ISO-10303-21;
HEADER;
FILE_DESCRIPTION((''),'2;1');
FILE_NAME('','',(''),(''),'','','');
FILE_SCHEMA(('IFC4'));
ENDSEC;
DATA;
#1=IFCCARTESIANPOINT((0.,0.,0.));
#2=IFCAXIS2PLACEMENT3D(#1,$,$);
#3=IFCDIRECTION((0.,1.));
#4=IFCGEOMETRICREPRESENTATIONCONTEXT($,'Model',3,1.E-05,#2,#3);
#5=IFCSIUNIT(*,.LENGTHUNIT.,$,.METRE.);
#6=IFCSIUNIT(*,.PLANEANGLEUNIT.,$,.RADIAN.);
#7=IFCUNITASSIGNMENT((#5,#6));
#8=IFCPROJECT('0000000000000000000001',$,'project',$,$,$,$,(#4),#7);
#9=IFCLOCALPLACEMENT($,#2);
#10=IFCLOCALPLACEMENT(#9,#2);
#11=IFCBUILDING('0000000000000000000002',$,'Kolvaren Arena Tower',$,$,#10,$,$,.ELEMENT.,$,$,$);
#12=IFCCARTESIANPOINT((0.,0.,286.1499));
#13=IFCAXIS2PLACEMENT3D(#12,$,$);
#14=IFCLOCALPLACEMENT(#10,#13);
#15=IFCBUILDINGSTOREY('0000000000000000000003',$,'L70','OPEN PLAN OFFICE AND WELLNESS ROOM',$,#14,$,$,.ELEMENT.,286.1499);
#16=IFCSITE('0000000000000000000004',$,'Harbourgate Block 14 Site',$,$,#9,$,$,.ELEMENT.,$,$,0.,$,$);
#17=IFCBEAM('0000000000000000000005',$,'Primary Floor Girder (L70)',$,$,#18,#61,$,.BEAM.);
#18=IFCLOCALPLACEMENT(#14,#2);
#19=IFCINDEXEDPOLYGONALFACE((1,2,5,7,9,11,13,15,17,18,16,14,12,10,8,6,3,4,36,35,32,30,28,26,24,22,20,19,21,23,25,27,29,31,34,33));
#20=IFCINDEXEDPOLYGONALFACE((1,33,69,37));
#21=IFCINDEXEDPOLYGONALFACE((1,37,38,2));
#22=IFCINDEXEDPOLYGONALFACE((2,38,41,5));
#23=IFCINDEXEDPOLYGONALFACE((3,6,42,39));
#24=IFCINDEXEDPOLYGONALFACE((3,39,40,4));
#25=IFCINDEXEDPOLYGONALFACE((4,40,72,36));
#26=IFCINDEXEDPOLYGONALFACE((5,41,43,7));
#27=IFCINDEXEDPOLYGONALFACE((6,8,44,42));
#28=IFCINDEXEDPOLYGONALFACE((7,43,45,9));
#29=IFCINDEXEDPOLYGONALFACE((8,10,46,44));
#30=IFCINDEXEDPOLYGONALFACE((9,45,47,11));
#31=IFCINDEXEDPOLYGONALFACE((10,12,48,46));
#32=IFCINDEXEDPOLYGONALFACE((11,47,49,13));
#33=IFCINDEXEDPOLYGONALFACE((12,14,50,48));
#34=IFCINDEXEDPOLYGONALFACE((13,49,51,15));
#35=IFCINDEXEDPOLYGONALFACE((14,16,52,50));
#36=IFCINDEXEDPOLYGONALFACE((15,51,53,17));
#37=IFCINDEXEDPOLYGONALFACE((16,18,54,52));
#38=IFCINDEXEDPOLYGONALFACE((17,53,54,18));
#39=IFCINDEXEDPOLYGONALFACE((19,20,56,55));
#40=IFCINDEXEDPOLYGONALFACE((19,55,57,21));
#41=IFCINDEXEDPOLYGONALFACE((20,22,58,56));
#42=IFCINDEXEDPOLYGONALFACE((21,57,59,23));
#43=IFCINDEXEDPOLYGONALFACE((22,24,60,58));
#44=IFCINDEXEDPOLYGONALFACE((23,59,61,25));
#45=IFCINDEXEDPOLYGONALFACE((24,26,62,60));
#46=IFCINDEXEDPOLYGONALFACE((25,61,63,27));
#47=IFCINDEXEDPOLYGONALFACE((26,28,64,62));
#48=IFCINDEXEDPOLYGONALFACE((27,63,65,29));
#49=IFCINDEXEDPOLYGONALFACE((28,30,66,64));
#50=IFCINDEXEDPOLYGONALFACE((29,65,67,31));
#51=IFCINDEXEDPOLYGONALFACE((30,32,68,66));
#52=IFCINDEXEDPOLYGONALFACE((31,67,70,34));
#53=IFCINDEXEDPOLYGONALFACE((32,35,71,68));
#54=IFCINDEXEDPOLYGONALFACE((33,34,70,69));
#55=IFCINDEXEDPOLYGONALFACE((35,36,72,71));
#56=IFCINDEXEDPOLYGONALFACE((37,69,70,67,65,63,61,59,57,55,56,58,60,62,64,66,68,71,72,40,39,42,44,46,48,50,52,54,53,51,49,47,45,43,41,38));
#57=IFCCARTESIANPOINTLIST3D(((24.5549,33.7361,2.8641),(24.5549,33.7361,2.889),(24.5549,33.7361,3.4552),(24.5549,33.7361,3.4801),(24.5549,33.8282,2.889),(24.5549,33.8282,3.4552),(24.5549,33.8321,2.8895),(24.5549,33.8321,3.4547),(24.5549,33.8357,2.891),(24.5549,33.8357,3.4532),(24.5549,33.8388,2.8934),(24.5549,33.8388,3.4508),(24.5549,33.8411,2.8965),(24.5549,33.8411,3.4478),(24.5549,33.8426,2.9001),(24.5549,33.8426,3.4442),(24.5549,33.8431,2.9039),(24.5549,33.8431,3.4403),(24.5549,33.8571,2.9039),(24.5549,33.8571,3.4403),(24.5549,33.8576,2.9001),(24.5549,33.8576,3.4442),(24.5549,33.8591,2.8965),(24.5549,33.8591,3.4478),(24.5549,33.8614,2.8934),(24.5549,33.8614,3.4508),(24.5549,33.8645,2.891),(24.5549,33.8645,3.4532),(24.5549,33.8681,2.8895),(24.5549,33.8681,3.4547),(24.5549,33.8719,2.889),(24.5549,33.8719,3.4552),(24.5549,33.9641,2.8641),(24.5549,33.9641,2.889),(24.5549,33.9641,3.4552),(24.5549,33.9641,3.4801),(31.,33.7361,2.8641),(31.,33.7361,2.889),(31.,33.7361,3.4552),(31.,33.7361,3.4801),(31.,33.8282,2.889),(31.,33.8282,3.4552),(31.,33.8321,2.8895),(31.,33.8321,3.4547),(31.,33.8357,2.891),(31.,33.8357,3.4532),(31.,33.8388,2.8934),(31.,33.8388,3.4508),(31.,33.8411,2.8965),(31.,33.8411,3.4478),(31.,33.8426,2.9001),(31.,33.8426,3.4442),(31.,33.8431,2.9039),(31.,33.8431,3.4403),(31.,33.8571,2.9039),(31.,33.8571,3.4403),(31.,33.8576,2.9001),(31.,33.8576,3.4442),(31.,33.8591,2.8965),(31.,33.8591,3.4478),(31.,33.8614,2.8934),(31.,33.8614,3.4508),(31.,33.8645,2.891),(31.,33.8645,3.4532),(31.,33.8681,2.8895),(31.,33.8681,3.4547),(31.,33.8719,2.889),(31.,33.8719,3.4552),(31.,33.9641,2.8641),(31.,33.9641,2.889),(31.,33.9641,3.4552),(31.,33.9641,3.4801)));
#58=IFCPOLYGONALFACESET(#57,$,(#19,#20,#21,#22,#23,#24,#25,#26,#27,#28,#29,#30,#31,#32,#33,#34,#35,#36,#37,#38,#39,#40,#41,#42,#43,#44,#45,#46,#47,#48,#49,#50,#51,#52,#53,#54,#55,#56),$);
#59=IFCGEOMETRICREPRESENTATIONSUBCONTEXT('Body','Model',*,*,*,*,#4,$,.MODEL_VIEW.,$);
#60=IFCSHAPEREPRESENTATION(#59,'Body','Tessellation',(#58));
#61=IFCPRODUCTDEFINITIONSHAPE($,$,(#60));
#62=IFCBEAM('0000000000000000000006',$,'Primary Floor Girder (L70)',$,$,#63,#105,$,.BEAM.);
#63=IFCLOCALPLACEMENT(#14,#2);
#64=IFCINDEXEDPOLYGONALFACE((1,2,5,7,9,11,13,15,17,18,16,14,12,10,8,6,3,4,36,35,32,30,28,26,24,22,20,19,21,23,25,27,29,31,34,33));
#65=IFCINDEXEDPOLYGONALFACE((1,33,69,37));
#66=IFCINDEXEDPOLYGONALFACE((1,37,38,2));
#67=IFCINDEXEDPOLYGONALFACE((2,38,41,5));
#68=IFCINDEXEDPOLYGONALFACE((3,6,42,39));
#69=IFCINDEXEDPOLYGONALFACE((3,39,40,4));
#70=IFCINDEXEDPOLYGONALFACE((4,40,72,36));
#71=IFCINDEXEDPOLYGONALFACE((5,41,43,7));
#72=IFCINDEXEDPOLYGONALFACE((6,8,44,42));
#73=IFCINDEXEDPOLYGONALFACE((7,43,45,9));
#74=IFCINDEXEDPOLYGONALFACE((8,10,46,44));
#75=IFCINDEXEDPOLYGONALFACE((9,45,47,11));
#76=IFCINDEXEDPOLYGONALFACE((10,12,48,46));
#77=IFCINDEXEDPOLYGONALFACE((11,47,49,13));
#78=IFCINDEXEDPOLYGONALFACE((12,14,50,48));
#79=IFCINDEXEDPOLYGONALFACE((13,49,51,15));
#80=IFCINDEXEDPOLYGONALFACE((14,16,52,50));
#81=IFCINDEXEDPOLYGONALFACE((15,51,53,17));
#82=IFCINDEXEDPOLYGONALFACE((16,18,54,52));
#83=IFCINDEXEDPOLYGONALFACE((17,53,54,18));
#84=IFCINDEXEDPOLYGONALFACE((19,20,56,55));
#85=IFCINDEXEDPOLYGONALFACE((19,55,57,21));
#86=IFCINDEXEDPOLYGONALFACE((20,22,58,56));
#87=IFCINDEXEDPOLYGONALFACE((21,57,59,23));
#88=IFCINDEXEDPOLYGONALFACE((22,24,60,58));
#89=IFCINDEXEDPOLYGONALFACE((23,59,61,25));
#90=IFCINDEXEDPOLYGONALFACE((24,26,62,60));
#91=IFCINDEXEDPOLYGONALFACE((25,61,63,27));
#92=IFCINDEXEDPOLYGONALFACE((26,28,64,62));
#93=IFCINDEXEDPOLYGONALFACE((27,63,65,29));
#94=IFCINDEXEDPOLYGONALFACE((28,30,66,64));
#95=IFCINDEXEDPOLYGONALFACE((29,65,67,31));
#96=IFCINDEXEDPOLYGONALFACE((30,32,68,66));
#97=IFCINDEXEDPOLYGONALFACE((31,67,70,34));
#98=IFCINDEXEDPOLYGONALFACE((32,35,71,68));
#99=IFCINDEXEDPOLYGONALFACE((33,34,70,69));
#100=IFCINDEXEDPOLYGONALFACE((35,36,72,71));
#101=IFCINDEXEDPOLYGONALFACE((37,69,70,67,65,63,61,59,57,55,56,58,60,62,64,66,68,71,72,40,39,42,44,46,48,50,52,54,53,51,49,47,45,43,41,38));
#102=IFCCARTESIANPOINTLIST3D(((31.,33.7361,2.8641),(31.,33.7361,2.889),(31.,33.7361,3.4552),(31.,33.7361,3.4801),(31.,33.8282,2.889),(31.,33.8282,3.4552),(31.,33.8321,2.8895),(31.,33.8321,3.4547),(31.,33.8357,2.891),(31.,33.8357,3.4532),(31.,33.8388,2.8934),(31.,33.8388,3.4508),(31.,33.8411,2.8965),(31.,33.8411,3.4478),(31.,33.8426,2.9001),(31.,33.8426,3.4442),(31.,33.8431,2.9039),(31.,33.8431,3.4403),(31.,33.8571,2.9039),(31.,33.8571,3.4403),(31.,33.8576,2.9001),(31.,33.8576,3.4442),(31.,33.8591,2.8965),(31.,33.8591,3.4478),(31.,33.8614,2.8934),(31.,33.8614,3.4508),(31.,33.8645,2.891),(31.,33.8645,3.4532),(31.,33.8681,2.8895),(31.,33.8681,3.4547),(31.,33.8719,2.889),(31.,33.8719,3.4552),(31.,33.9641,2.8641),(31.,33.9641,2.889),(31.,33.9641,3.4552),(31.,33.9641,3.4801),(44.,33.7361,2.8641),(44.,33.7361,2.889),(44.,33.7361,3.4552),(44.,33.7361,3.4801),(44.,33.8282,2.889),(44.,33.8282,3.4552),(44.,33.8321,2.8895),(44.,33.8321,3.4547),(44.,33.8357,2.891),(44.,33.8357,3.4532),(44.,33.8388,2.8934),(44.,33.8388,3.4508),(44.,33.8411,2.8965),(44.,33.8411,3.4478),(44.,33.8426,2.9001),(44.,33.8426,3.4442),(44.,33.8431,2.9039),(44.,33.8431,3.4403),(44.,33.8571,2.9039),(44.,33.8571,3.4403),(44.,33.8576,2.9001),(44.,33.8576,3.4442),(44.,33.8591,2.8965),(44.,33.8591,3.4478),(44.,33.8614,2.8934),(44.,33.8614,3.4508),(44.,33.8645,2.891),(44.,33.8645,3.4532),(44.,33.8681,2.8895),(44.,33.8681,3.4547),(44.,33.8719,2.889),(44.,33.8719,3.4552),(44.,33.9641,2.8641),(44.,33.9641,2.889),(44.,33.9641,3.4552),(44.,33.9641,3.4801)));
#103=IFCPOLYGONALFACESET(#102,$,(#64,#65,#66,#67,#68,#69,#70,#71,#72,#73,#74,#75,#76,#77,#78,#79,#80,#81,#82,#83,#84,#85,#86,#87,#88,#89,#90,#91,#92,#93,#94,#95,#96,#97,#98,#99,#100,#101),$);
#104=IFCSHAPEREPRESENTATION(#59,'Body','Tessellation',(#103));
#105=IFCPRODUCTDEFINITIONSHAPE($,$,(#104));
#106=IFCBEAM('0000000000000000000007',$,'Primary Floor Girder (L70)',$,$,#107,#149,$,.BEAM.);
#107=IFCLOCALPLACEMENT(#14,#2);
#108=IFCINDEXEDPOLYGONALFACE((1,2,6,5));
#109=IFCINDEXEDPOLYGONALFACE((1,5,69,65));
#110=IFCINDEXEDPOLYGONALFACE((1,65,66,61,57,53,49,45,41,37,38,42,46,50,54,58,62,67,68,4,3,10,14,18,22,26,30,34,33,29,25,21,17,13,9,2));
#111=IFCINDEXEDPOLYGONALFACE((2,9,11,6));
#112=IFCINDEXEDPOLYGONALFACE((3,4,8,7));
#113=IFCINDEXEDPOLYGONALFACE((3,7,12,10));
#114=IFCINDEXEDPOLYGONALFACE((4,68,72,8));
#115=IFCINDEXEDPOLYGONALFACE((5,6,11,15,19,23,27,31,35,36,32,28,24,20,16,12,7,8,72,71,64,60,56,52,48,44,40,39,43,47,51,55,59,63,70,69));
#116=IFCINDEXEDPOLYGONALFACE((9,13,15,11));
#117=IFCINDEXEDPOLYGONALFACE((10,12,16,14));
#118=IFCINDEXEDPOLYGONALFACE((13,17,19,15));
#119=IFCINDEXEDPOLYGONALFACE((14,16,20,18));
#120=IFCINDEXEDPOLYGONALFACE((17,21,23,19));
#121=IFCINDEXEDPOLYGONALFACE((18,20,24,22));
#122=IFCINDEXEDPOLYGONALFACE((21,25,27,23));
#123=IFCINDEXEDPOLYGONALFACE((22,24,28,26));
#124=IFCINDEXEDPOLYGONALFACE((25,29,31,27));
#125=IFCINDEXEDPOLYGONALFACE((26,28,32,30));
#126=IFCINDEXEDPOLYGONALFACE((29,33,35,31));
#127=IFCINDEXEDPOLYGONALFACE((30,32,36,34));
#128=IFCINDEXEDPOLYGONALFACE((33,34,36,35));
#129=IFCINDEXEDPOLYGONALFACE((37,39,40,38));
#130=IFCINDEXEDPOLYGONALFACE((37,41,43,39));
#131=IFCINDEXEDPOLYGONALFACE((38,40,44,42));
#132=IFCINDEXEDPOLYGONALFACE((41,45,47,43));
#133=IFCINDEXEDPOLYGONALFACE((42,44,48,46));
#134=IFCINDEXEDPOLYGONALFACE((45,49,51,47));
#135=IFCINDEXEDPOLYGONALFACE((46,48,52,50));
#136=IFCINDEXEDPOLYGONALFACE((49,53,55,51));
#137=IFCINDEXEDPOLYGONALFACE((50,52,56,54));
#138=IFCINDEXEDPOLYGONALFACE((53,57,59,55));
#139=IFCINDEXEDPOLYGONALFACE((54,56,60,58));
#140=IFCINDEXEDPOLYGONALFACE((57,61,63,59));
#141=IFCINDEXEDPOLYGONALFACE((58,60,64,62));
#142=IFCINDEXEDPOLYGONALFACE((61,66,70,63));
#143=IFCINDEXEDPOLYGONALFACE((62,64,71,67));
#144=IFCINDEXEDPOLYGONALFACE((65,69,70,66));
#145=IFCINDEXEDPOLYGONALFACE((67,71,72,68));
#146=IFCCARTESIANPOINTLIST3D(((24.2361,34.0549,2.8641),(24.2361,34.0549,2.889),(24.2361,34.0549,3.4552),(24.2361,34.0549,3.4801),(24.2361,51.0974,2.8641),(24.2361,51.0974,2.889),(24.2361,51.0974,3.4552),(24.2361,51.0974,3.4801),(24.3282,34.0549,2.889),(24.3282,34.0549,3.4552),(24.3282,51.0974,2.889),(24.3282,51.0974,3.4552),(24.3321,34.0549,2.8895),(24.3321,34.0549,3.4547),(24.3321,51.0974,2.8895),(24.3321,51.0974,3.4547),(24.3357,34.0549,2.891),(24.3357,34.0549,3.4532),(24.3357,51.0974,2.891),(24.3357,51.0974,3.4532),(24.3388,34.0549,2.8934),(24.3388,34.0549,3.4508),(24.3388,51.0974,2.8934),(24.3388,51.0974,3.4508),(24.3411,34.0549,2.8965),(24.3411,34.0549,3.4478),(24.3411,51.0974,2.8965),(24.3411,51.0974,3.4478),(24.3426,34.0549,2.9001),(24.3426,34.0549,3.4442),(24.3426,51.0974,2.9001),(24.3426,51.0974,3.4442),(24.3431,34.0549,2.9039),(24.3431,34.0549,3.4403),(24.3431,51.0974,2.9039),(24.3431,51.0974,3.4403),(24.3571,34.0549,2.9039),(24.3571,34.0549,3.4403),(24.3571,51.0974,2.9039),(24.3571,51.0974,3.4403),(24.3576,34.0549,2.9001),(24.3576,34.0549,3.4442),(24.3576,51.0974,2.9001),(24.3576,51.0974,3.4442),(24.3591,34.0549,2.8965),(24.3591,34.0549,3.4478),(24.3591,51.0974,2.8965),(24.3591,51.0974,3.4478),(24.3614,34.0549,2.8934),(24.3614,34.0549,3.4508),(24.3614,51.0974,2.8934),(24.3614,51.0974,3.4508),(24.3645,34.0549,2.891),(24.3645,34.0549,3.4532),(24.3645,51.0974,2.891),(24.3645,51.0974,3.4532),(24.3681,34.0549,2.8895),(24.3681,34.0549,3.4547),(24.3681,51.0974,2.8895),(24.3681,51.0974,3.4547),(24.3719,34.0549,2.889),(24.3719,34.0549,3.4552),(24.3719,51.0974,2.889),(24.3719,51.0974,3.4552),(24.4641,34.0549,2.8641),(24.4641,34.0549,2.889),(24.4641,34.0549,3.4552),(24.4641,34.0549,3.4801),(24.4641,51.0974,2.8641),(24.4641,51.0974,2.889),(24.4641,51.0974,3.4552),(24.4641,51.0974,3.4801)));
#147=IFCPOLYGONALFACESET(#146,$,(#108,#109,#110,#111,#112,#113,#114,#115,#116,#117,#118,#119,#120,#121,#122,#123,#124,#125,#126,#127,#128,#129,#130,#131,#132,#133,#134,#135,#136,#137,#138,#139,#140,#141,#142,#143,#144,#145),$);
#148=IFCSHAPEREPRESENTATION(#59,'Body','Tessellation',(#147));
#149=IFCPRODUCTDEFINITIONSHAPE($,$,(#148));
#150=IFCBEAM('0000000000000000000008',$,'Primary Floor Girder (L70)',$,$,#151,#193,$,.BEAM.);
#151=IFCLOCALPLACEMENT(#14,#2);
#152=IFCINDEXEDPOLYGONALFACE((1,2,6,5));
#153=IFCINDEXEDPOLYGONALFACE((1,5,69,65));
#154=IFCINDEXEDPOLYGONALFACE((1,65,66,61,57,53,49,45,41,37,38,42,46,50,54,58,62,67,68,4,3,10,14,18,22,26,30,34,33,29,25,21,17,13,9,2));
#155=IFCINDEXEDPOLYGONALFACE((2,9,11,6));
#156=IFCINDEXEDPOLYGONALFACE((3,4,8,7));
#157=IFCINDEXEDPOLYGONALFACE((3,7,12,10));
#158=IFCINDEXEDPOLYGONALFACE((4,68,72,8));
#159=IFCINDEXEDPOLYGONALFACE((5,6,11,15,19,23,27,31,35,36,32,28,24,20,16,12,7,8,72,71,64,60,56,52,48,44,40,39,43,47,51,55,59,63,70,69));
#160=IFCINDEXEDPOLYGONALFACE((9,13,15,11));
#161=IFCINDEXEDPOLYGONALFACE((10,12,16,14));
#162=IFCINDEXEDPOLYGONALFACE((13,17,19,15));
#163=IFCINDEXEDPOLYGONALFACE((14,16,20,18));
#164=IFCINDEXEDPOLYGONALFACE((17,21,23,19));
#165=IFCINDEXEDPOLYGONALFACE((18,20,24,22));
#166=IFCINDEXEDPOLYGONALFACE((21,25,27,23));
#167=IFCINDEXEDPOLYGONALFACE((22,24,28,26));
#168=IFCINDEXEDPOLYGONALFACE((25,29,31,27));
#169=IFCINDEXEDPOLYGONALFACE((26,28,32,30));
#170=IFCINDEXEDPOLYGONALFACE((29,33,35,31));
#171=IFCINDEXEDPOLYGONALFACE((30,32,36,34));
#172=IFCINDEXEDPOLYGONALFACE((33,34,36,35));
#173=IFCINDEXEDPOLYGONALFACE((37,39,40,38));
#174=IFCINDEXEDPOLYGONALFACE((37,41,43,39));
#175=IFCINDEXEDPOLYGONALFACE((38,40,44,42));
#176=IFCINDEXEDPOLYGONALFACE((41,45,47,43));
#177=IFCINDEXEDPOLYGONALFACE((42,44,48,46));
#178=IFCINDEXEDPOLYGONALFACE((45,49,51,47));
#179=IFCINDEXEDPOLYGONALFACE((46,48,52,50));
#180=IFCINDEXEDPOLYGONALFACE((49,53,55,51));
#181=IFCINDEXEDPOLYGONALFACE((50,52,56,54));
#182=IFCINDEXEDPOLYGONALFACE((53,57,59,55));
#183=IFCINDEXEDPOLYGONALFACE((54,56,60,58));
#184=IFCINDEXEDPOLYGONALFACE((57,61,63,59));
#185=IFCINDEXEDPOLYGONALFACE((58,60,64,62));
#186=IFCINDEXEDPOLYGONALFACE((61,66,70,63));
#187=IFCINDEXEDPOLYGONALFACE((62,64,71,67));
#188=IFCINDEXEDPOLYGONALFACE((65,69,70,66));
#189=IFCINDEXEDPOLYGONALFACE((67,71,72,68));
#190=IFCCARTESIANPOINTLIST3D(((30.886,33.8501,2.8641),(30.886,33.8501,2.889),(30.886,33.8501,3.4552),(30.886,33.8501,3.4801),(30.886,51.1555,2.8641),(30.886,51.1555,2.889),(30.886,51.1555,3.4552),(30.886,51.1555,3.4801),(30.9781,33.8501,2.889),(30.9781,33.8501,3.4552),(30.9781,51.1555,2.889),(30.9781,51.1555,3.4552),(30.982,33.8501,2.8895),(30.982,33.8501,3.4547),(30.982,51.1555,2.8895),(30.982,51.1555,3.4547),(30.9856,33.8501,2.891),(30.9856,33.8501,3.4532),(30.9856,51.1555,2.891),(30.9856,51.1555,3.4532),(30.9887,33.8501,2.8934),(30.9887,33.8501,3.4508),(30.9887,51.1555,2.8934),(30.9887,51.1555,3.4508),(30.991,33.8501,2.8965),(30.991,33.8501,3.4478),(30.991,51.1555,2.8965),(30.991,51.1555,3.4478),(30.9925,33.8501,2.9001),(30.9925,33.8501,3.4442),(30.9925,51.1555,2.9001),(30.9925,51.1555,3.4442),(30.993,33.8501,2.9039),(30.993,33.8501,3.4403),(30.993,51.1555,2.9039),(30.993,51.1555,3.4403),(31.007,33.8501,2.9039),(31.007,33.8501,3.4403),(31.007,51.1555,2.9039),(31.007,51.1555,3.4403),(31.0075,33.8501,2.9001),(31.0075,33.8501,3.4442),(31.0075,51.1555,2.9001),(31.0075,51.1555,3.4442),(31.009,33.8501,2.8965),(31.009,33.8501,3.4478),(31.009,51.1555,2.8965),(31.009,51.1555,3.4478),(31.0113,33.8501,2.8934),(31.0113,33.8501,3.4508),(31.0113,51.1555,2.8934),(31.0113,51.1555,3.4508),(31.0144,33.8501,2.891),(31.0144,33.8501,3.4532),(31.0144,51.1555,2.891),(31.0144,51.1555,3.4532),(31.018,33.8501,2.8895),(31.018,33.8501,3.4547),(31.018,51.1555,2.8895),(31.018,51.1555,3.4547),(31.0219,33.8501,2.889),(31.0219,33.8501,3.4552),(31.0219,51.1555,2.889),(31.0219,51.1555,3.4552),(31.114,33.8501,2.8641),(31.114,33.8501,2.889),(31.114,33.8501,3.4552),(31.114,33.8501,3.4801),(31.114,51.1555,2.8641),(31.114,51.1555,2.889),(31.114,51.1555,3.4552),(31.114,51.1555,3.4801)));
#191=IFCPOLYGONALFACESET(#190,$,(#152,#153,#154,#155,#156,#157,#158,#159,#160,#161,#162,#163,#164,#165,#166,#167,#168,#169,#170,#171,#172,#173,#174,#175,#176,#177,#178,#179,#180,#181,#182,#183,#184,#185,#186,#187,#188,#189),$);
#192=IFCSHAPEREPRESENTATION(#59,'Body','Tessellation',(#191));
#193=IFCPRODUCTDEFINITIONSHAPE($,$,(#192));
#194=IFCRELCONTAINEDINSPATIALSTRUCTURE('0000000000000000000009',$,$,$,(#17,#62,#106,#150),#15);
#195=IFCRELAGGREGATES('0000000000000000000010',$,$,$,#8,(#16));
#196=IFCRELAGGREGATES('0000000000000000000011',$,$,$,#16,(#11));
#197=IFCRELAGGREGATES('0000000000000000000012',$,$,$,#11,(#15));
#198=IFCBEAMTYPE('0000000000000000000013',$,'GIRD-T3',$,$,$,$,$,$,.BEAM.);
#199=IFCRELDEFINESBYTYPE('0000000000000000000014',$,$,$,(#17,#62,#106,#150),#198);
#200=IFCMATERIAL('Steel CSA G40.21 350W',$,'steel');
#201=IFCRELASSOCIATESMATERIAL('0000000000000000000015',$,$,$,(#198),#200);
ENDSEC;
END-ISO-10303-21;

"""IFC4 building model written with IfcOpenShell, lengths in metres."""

from ifc_helpers import new_model, si_unit, direction, frame, origin, origin_2d, place, context, subcontext, project, spatial, i_section, extrude, material, material_profile, profile_set, type_object, element, save


model = new_model("IFC4")

# Units and contexts
model_context = context("Model", 3, precision=1e-05, world=origin(), true_north=direction((0.0, 1.0)))
body_context = subcontext(model_context, "Body", "Model", "MODEL_VIEW")
ifc_project = project(units=[si_unit("LENGTHUNIT", "METRE"), si_unit("PLANEANGLEUNIT", "RADIAN")], contexts=[model_context])

# Site, building, storey
site_placement = place(None, origin())
site = spatial("IfcSite", under=ifc_project, at=site_placement, Name="Harbourgate Block 14 Site", CompositionType="ELEMENT", RefElevation=0.0)
building_placement = place(site_placement, origin())
building = spatial("IfcBuilding", under=site, at=building_placement, Name="Kolvaren Arena Tower", CompositionType="ELEMENT")
storey_placement = place(building_placement, frame((0.0, 0.0, 286.1499)))
storey = spatial("IfcBuildingStorey", under=building, at=storey_placement, Name="L70", Description="OPEN PLAN OFFICE AND WELLNESS ROOM", CompositionType="ELEMENT", Elevation=286.1499)

# Beams
ifc_material_1 = material(Name="Steel CSA G40.21 350W", Category="steel")
ifc_material_profile_1 = material_profile(ifc_material_1, i_section(OverallWidth=0.228, OverallDepth=0.616, WebThickness=0.0139, FlangeThickness=0.0249, FilletRadius=0.0149, at=origin_2d()), Name="W610x174")
ifc_profile_set_1 = profile_set([ifc_material_profile_1], Name="Steel CSA G40.21 350W")
beam_type_1 = type_object("IfcBeamType", Name="GIRD-T3", PredefinedType="BEAM", material=ifc_profile_set_1)
beam_1_placement = place(storey_placement, frame((24.5549, 33.8501, 3.1721), z_axis=(1.0, 0.0, 0.0), x_axis=(0.0, 1.0, 0.0)))
element("IfcBeam", 1, at=beam_1_placement, inside=storey, type_object=beam_type_1, Name="Primary Floor Girder (L70)", PredefinedType="BEAM", context=body_context, shape_type="SweptSolid", body=[
    extrude(i_section(OverallWidth=0.228, OverallDepth=0.616, WebThickness=0.0139, FlangeThickness=0.0249, FilletRadius=0.0149, at=origin_2d()), origin(), (0.0, 0.0, 1.0), 6.4451),
])
beam_2_placement = place(storey_placement, frame((31.0, 33.8501, 3.1721), z_axis=(1.0, 0.0, 0.0), x_axis=(0.0, 1.0, 0.0)))
element("IfcBeam", 2, at=beam_2_placement, inside=storey, type_object=beam_type_1, Name="Primary Floor Girder (L70)", PredefinedType="BEAM", context=body_context, shape_type="SweptSolid", body=[
    extrude(i_section(OverallWidth=0.228, OverallDepth=0.616, WebThickness=0.0139, FlangeThickness=0.0249, FilletRadius=0.0149, at=origin_2d()), origin(), (0.0, 0.0, 1.0), 13.0),
])
beam_3_placement = place(storey_placement, frame((24.3501, 34.0549, 3.1721), z_axis=(0.0, 1.0, 0.0), x_axis=(-1.0, 0.0, 0.0)))
element("IfcBeam", 3, at=beam_3_placement, inside=storey, type_object=beam_type_1, Name="Primary Floor Girder (L70)", PredefinedType="BEAM", context=body_context, shape_type="SweptSolid", body=[
    extrude(i_section(OverallWidth=0.228, OverallDepth=0.616, WebThickness=0.0139, FlangeThickness=0.0249, FilletRadius=0.0149, at=origin_2d()), origin(), (0.0, 0.0, 1.0), 17.0425),
])
beam_4_placement = place(storey_placement, frame((31.0, 33.8501, 3.1721), z_axis=(0.0, 1.0, 0.0), x_axis=(-1.0, 0.0, 0.0)))
element("IfcBeam", 4, at=beam_4_placement, inside=storey, type_object=beam_type_1, Name="Primary Floor Girder (L70)", PredefinedType="BEAM", context=body_context, shape_type="SweptSolid", body=[
    extrude(i_section(OverallWidth=0.228, OverallDepth=0.616, WebThickness=0.0139, FlangeThickness=0.0249, FilletRadius=0.0149, at=origin_2d()), origin(), (0.0, 0.0, 1.0), 17.3054),
])

save(model, "model.ifc")
